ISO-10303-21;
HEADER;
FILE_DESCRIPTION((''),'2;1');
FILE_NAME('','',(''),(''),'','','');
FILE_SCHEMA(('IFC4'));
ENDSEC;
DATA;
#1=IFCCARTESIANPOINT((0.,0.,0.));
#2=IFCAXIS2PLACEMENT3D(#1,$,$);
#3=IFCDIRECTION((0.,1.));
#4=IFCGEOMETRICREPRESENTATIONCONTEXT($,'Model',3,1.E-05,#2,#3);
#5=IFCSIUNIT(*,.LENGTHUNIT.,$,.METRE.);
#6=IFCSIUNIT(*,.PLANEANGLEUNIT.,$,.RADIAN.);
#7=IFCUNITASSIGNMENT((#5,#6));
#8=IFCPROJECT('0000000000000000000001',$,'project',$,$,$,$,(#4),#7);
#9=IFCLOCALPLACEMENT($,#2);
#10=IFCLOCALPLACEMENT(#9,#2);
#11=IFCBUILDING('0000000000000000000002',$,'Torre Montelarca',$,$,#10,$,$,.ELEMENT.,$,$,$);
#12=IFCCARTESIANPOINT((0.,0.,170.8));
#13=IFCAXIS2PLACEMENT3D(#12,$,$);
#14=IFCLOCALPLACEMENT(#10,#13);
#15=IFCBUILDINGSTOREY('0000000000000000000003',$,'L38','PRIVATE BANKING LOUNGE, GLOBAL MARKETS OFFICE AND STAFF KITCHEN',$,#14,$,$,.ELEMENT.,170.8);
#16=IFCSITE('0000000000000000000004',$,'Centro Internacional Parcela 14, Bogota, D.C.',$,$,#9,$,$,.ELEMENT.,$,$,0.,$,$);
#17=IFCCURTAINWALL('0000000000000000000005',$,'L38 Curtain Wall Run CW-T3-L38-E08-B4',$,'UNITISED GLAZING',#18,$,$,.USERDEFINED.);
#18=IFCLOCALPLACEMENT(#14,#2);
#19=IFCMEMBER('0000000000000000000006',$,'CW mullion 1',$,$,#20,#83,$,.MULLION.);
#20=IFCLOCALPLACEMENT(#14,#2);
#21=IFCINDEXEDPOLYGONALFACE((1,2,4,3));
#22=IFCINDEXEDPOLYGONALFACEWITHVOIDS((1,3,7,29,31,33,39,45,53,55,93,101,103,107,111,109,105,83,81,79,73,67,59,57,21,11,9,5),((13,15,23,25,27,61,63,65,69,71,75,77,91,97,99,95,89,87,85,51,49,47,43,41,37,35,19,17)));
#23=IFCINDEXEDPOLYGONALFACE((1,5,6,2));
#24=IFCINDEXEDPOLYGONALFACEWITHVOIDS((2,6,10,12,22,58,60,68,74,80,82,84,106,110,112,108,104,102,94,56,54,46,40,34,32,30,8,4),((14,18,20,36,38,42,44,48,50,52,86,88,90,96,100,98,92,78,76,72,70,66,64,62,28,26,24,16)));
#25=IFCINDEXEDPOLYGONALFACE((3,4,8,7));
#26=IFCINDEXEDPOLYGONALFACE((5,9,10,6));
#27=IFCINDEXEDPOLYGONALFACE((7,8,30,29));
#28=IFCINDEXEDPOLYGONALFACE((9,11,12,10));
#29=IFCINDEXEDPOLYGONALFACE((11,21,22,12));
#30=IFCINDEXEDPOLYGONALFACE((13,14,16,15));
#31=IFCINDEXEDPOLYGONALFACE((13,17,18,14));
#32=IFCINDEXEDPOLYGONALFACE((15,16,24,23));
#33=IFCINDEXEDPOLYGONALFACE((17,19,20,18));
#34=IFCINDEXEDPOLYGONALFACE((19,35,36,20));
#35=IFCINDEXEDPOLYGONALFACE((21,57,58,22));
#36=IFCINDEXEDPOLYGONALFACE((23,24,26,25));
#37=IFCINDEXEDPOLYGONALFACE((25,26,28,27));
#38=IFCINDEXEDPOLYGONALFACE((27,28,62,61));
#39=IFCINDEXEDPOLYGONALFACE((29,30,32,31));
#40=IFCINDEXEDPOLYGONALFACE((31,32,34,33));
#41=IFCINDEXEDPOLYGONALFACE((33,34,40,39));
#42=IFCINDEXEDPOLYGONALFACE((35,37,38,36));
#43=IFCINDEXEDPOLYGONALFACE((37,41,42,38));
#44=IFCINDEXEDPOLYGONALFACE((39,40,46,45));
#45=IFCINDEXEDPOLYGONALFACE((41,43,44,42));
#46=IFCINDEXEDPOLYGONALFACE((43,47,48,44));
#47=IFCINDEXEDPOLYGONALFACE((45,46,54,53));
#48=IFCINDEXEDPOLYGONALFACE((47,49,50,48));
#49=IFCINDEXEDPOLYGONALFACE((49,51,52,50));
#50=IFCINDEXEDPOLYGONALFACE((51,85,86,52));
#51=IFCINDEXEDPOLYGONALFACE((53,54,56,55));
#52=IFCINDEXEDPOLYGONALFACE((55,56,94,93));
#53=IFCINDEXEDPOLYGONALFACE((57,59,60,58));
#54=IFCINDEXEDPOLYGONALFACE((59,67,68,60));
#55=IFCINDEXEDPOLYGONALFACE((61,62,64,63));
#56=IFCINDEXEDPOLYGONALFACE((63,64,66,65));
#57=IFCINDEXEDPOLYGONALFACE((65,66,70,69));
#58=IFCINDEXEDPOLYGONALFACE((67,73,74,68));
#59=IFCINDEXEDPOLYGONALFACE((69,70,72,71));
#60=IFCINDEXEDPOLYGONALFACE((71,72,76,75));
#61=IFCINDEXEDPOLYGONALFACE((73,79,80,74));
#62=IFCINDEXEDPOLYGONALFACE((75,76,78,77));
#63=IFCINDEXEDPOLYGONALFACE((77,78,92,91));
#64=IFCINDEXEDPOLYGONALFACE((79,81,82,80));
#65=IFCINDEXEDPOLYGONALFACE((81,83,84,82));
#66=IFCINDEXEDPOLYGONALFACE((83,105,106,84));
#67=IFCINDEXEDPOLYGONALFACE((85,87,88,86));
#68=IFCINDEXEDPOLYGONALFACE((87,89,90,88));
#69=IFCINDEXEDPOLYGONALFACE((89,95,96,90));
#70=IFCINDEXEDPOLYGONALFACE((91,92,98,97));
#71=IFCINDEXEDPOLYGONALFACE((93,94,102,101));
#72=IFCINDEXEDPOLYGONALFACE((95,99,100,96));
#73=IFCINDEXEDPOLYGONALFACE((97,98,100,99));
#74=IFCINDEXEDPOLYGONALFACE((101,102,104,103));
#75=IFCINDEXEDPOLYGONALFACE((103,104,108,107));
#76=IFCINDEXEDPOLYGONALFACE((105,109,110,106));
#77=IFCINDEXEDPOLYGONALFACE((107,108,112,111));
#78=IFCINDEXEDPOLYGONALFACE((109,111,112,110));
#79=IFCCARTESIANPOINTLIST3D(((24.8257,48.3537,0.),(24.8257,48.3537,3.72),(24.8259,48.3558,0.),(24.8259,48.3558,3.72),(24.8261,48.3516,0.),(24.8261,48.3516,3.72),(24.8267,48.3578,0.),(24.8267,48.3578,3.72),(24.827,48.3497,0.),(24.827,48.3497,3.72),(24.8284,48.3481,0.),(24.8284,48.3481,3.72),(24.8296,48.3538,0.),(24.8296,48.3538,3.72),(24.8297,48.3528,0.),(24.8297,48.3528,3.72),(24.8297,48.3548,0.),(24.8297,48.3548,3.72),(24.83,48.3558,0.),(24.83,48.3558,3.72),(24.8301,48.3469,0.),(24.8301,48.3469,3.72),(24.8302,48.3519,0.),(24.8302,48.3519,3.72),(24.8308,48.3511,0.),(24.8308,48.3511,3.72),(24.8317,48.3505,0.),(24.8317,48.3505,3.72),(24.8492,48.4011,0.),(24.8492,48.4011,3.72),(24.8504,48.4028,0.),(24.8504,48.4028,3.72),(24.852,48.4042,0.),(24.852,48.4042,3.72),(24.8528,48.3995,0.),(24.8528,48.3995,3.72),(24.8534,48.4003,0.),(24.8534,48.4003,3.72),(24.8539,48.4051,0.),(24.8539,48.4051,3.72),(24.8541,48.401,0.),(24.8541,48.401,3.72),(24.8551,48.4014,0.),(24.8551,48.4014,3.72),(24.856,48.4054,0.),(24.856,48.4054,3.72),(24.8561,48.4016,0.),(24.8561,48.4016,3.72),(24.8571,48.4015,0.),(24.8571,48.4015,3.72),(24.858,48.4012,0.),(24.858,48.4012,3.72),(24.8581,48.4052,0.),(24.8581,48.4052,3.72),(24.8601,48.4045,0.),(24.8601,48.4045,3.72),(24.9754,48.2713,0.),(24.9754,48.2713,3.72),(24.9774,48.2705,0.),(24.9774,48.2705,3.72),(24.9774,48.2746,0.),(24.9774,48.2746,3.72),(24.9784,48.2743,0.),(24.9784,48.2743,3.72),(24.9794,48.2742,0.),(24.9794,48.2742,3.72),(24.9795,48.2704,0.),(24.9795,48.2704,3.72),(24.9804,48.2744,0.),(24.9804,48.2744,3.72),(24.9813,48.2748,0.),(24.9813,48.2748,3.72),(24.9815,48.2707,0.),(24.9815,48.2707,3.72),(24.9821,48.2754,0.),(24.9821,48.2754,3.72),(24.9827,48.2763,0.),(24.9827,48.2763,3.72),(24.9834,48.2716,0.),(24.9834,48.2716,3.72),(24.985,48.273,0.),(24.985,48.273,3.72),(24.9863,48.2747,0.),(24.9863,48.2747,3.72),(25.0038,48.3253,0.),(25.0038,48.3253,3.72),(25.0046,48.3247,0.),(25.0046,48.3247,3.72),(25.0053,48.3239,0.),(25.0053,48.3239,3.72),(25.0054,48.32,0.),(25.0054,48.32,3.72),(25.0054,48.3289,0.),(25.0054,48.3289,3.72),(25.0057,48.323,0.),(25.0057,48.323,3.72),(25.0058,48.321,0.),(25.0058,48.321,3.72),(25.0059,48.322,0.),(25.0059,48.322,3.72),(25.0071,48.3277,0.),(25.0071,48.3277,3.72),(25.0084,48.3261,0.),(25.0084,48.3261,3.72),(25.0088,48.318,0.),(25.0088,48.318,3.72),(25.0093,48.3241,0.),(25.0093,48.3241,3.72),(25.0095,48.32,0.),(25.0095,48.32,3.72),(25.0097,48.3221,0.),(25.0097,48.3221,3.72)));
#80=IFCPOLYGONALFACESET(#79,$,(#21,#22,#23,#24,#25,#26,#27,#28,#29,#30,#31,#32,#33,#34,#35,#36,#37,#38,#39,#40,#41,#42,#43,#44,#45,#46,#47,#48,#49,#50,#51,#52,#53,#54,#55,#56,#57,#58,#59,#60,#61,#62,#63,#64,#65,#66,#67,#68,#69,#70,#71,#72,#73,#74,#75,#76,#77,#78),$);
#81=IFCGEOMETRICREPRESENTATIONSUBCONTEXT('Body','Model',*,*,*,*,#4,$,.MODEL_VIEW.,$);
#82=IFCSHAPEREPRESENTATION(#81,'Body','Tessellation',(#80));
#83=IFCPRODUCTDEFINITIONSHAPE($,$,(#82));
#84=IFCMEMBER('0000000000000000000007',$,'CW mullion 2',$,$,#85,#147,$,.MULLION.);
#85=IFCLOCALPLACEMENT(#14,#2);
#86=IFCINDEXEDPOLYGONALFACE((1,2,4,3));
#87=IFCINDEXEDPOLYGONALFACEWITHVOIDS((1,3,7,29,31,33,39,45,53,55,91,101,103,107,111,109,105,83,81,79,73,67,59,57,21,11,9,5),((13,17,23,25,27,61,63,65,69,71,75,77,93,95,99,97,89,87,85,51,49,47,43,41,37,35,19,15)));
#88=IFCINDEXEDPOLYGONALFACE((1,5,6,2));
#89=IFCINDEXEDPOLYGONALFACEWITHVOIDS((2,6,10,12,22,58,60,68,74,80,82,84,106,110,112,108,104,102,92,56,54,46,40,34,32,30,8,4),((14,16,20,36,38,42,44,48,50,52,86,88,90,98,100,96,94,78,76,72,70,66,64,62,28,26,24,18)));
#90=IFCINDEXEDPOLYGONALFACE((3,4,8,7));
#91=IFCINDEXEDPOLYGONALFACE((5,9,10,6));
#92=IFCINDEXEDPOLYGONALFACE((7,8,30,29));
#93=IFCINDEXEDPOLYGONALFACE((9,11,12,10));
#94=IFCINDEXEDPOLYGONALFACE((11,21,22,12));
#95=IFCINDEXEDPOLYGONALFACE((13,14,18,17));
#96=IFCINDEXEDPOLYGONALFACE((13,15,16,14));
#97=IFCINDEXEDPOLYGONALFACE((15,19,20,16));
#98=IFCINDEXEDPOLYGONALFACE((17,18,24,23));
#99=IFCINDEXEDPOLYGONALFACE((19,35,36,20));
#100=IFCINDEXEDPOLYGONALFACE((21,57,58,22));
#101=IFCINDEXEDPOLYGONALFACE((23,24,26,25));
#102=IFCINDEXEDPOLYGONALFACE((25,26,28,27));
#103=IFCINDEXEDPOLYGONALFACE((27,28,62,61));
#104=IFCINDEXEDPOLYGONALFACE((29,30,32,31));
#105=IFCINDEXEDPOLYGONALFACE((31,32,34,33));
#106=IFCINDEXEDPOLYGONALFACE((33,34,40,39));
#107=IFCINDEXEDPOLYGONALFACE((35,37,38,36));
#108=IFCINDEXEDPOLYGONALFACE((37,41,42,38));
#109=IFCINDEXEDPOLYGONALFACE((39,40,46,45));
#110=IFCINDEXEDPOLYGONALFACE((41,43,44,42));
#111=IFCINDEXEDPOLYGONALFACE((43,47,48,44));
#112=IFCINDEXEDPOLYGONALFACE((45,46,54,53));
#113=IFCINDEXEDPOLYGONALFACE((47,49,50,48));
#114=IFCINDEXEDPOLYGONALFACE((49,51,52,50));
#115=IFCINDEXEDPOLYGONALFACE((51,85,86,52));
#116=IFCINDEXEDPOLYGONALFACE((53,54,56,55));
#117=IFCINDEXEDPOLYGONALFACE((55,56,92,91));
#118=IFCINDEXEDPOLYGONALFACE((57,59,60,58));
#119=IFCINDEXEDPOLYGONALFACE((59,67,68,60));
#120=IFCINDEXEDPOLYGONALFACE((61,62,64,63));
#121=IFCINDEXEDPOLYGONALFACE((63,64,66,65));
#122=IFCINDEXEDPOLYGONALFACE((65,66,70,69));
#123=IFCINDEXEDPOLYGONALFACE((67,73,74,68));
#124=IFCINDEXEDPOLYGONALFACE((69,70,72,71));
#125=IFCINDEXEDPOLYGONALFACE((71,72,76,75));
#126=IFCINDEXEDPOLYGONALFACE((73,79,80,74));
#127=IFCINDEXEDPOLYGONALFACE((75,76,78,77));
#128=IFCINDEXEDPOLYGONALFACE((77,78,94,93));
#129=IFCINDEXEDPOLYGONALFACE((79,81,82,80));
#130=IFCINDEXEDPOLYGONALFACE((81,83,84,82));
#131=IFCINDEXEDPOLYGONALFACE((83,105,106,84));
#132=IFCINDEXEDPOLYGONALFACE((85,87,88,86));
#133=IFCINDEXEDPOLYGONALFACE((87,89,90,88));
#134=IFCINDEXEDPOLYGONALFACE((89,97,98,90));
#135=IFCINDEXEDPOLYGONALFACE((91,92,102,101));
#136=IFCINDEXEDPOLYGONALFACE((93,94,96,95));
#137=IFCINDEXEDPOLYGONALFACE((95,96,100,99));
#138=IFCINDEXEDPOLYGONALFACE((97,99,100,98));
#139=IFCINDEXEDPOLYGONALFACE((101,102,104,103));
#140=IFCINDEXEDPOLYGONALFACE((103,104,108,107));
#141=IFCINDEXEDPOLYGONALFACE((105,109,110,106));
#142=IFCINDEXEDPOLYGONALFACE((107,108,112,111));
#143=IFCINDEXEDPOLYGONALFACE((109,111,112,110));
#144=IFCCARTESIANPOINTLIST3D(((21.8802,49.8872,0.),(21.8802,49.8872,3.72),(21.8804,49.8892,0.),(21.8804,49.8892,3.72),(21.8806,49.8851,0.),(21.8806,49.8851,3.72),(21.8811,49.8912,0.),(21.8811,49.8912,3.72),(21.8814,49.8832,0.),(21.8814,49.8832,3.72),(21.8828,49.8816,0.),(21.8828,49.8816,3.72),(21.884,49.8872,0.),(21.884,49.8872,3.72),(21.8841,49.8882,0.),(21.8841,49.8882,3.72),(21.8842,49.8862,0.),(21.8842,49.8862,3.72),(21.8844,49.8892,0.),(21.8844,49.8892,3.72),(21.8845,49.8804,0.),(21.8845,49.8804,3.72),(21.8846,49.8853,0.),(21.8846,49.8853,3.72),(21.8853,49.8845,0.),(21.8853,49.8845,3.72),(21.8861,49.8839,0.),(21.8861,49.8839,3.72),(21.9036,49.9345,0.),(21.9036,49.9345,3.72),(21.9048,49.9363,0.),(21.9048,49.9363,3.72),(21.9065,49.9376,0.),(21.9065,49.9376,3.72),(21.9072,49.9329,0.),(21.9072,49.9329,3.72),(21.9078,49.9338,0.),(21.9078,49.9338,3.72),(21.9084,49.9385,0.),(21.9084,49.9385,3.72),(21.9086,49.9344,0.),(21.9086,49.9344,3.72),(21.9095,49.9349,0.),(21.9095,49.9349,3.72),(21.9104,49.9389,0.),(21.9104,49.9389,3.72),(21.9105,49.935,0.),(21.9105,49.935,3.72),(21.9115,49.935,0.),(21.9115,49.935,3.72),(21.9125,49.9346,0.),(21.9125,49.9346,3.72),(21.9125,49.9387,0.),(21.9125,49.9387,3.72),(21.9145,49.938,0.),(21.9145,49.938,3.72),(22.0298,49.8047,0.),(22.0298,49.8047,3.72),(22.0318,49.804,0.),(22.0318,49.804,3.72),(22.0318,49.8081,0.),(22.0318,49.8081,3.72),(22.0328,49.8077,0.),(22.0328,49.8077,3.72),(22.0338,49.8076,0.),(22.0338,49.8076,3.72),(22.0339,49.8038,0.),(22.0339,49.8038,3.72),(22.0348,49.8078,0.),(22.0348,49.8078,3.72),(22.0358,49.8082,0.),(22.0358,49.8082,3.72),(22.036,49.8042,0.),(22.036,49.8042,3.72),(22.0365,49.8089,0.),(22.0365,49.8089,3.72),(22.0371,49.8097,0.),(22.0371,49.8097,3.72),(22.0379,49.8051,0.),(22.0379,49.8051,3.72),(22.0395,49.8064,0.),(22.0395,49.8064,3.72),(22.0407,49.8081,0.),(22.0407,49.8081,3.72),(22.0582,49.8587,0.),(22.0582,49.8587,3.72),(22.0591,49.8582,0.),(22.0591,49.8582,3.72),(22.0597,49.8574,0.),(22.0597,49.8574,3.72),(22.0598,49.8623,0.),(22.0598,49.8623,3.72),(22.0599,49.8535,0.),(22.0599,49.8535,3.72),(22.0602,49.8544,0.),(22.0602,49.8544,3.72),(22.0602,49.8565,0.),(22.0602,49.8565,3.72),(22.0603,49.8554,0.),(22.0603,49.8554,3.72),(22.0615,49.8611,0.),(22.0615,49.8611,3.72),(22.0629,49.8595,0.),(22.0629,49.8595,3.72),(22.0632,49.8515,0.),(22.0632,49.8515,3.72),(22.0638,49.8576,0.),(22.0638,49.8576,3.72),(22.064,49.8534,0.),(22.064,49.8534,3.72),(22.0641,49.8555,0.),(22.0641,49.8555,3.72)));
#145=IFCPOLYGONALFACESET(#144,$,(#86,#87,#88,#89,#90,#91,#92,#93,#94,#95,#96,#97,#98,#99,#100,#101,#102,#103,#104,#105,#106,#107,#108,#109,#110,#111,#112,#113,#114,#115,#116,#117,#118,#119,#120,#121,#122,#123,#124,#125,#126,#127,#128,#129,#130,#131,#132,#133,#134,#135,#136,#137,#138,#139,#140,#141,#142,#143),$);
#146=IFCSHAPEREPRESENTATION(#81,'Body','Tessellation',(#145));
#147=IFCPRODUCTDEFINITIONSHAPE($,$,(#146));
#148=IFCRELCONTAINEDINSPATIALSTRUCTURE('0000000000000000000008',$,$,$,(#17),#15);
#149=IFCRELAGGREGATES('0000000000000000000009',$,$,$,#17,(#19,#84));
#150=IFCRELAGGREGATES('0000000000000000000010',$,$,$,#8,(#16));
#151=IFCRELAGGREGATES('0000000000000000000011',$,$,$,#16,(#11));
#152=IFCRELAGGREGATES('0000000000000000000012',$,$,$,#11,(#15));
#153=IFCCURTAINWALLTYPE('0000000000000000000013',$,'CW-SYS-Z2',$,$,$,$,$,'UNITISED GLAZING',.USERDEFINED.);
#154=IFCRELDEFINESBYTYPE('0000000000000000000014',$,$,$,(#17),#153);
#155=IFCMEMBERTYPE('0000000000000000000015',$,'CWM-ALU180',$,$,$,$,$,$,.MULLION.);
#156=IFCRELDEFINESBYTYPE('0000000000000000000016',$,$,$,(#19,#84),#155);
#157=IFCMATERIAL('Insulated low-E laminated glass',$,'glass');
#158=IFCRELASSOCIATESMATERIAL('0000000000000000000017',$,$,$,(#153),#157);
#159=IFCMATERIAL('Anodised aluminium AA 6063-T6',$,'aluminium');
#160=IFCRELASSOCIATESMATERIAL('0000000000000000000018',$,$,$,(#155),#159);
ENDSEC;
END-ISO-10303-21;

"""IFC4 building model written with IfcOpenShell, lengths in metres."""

from ifc_helpers import new_model, si_unit, direction, frame, origin, origin_2d, place, context, subcontext, project, spatial, hollow_rectangle, extrude, source, transform, mapped, material, material_profile, profile_set, type_object, element, aggregate, save


model = new_model("IFC4")

# Units and contexts
model_context = context("Model", 3, precision=1e-05, world=origin(), true_north=direction((0.0, 1.0)))
body_context = subcontext(model_context, "Body", "Model", "MODEL_VIEW")
ifc_project = project(units=[si_unit("LENGTHUNIT", "METRE"), si_unit("PLANEANGLEUNIT", "RADIAN")], contexts=[model_context])

# Site, building, storey
site_placement = place(None, origin())
site = spatial("IfcSite", under=ifc_project, at=site_placement, Name="Centro Internacional Parcela 14, Bogota, D.C.", CompositionType="ELEMENT", RefElevation=0.0)
building_placement = place(site_placement, origin())
building = spatial("IfcBuilding", under=site, at=building_placement, Name="Torre Montelarca", CompositionType="ELEMENT")
storey_placement = place(building_placement, frame((0.0, 0.0, 170.8)))
storey = spatial("IfcBuildingStorey", under=building, at=storey_placement, Name="L38", Description="PRIVATE BANKING LOUNGE, GLOBAL MARKETS OFFICE AND STAFF KITCHEN", CompositionType="ELEMENT", Elevation=170.8)

# Shared definitions
ifc_material_1 = material(Name="Insulated low-E laminated glass", Category="glass")
curtain_wall_type = type_object("IfcCurtainWallType", Name="CW-SYS-Z2", ElementType="UNITISED GLAZING", PredefinedType="USERDEFINED", material=ifc_material_1)
ifc_material_2 = material(Name="Anodised aluminium AA 6063-T6", Category="aluminium")
ifc_material_profile_1 = material_profile(ifc_material_2, hollow_rectangle(XDim=0.0649, YDim=0.1799, WallThickness=0.0039, InnerFilletRadius=0.0039, OuterFilletRadius=0.0081, at=origin_2d()), Name="ALU65X180X4", Category="aluminium")
ifc_profile_set_1 = profile_set([ifc_material_profile_1], Name="Anodised aluminium AA 6063-T6")
member_type_1 = type_object("IfcMemberType", Name="CWM-ALU180", PredefinedType="MULLION", material=ifc_profile_set_1)
shared_shape_1 = source(origin(), body_context, "Body", "SweptSolid", [
    extrude(hollow_rectangle(XDim=0.0649, YDim=0.1799, WallThickness=0.0039, InnerFilletRadius=0.0039, OuterFilletRadius=0.0081, at=origin_2d()), origin(), (0.0, 0.0, 1.0), 3.72),
])

# Curtain wall, members
curtain_wall_1_placement = place(storey_placement, origin())
curtain_wall_1 = element("IfcCurtainWall", 1, at=curtain_wall_1_placement, inside=storey, type_object=curtain_wall_type, Name="L38 Curtain Wall Run CW-T3-L38-E08-B4", ObjectType="UNITISED GLAZING", PredefinedType="USERDEFINED")
member_1_placement = place(storey_placement, frame((24.9177, 48.3379, 0.0), z_axis=(0.0, 0.0, 1.0), x_axis=(-0.461748, -0.887011, 0.0)))
member_1 = element("IfcMember", 2, at=member_1_placement, type_object=member_type_1, Name="CW mullion 1", PredefinedType="MULLION", context=body_context, shape_type="MappedRepresentation", body=[
    mapped(shared_shape_1, transform((0.0, 0.0, 0.0), scale=1.0)),
])
member_2_placement = place(storey_placement, frame((21.9722, 49.8713, 0.0), z_axis=(0.0, 0.0, 1.0), x_axis=(-0.461748, -0.887011, 0.0)))
member_2 = element("IfcMember", 3, at=member_2_placement, type_object=member_type_1, Name="CW mullion 2", PredefinedType="MULLION", context=body_context, shape_type="MappedRepresentation", body=[
    mapped(shared_shape_1, transform((0.0, 0.0, 0.0), scale=1.0)),
])

aggregate(curtain_wall_1, [member_1, member_2])

save(model, "model.ifc")
